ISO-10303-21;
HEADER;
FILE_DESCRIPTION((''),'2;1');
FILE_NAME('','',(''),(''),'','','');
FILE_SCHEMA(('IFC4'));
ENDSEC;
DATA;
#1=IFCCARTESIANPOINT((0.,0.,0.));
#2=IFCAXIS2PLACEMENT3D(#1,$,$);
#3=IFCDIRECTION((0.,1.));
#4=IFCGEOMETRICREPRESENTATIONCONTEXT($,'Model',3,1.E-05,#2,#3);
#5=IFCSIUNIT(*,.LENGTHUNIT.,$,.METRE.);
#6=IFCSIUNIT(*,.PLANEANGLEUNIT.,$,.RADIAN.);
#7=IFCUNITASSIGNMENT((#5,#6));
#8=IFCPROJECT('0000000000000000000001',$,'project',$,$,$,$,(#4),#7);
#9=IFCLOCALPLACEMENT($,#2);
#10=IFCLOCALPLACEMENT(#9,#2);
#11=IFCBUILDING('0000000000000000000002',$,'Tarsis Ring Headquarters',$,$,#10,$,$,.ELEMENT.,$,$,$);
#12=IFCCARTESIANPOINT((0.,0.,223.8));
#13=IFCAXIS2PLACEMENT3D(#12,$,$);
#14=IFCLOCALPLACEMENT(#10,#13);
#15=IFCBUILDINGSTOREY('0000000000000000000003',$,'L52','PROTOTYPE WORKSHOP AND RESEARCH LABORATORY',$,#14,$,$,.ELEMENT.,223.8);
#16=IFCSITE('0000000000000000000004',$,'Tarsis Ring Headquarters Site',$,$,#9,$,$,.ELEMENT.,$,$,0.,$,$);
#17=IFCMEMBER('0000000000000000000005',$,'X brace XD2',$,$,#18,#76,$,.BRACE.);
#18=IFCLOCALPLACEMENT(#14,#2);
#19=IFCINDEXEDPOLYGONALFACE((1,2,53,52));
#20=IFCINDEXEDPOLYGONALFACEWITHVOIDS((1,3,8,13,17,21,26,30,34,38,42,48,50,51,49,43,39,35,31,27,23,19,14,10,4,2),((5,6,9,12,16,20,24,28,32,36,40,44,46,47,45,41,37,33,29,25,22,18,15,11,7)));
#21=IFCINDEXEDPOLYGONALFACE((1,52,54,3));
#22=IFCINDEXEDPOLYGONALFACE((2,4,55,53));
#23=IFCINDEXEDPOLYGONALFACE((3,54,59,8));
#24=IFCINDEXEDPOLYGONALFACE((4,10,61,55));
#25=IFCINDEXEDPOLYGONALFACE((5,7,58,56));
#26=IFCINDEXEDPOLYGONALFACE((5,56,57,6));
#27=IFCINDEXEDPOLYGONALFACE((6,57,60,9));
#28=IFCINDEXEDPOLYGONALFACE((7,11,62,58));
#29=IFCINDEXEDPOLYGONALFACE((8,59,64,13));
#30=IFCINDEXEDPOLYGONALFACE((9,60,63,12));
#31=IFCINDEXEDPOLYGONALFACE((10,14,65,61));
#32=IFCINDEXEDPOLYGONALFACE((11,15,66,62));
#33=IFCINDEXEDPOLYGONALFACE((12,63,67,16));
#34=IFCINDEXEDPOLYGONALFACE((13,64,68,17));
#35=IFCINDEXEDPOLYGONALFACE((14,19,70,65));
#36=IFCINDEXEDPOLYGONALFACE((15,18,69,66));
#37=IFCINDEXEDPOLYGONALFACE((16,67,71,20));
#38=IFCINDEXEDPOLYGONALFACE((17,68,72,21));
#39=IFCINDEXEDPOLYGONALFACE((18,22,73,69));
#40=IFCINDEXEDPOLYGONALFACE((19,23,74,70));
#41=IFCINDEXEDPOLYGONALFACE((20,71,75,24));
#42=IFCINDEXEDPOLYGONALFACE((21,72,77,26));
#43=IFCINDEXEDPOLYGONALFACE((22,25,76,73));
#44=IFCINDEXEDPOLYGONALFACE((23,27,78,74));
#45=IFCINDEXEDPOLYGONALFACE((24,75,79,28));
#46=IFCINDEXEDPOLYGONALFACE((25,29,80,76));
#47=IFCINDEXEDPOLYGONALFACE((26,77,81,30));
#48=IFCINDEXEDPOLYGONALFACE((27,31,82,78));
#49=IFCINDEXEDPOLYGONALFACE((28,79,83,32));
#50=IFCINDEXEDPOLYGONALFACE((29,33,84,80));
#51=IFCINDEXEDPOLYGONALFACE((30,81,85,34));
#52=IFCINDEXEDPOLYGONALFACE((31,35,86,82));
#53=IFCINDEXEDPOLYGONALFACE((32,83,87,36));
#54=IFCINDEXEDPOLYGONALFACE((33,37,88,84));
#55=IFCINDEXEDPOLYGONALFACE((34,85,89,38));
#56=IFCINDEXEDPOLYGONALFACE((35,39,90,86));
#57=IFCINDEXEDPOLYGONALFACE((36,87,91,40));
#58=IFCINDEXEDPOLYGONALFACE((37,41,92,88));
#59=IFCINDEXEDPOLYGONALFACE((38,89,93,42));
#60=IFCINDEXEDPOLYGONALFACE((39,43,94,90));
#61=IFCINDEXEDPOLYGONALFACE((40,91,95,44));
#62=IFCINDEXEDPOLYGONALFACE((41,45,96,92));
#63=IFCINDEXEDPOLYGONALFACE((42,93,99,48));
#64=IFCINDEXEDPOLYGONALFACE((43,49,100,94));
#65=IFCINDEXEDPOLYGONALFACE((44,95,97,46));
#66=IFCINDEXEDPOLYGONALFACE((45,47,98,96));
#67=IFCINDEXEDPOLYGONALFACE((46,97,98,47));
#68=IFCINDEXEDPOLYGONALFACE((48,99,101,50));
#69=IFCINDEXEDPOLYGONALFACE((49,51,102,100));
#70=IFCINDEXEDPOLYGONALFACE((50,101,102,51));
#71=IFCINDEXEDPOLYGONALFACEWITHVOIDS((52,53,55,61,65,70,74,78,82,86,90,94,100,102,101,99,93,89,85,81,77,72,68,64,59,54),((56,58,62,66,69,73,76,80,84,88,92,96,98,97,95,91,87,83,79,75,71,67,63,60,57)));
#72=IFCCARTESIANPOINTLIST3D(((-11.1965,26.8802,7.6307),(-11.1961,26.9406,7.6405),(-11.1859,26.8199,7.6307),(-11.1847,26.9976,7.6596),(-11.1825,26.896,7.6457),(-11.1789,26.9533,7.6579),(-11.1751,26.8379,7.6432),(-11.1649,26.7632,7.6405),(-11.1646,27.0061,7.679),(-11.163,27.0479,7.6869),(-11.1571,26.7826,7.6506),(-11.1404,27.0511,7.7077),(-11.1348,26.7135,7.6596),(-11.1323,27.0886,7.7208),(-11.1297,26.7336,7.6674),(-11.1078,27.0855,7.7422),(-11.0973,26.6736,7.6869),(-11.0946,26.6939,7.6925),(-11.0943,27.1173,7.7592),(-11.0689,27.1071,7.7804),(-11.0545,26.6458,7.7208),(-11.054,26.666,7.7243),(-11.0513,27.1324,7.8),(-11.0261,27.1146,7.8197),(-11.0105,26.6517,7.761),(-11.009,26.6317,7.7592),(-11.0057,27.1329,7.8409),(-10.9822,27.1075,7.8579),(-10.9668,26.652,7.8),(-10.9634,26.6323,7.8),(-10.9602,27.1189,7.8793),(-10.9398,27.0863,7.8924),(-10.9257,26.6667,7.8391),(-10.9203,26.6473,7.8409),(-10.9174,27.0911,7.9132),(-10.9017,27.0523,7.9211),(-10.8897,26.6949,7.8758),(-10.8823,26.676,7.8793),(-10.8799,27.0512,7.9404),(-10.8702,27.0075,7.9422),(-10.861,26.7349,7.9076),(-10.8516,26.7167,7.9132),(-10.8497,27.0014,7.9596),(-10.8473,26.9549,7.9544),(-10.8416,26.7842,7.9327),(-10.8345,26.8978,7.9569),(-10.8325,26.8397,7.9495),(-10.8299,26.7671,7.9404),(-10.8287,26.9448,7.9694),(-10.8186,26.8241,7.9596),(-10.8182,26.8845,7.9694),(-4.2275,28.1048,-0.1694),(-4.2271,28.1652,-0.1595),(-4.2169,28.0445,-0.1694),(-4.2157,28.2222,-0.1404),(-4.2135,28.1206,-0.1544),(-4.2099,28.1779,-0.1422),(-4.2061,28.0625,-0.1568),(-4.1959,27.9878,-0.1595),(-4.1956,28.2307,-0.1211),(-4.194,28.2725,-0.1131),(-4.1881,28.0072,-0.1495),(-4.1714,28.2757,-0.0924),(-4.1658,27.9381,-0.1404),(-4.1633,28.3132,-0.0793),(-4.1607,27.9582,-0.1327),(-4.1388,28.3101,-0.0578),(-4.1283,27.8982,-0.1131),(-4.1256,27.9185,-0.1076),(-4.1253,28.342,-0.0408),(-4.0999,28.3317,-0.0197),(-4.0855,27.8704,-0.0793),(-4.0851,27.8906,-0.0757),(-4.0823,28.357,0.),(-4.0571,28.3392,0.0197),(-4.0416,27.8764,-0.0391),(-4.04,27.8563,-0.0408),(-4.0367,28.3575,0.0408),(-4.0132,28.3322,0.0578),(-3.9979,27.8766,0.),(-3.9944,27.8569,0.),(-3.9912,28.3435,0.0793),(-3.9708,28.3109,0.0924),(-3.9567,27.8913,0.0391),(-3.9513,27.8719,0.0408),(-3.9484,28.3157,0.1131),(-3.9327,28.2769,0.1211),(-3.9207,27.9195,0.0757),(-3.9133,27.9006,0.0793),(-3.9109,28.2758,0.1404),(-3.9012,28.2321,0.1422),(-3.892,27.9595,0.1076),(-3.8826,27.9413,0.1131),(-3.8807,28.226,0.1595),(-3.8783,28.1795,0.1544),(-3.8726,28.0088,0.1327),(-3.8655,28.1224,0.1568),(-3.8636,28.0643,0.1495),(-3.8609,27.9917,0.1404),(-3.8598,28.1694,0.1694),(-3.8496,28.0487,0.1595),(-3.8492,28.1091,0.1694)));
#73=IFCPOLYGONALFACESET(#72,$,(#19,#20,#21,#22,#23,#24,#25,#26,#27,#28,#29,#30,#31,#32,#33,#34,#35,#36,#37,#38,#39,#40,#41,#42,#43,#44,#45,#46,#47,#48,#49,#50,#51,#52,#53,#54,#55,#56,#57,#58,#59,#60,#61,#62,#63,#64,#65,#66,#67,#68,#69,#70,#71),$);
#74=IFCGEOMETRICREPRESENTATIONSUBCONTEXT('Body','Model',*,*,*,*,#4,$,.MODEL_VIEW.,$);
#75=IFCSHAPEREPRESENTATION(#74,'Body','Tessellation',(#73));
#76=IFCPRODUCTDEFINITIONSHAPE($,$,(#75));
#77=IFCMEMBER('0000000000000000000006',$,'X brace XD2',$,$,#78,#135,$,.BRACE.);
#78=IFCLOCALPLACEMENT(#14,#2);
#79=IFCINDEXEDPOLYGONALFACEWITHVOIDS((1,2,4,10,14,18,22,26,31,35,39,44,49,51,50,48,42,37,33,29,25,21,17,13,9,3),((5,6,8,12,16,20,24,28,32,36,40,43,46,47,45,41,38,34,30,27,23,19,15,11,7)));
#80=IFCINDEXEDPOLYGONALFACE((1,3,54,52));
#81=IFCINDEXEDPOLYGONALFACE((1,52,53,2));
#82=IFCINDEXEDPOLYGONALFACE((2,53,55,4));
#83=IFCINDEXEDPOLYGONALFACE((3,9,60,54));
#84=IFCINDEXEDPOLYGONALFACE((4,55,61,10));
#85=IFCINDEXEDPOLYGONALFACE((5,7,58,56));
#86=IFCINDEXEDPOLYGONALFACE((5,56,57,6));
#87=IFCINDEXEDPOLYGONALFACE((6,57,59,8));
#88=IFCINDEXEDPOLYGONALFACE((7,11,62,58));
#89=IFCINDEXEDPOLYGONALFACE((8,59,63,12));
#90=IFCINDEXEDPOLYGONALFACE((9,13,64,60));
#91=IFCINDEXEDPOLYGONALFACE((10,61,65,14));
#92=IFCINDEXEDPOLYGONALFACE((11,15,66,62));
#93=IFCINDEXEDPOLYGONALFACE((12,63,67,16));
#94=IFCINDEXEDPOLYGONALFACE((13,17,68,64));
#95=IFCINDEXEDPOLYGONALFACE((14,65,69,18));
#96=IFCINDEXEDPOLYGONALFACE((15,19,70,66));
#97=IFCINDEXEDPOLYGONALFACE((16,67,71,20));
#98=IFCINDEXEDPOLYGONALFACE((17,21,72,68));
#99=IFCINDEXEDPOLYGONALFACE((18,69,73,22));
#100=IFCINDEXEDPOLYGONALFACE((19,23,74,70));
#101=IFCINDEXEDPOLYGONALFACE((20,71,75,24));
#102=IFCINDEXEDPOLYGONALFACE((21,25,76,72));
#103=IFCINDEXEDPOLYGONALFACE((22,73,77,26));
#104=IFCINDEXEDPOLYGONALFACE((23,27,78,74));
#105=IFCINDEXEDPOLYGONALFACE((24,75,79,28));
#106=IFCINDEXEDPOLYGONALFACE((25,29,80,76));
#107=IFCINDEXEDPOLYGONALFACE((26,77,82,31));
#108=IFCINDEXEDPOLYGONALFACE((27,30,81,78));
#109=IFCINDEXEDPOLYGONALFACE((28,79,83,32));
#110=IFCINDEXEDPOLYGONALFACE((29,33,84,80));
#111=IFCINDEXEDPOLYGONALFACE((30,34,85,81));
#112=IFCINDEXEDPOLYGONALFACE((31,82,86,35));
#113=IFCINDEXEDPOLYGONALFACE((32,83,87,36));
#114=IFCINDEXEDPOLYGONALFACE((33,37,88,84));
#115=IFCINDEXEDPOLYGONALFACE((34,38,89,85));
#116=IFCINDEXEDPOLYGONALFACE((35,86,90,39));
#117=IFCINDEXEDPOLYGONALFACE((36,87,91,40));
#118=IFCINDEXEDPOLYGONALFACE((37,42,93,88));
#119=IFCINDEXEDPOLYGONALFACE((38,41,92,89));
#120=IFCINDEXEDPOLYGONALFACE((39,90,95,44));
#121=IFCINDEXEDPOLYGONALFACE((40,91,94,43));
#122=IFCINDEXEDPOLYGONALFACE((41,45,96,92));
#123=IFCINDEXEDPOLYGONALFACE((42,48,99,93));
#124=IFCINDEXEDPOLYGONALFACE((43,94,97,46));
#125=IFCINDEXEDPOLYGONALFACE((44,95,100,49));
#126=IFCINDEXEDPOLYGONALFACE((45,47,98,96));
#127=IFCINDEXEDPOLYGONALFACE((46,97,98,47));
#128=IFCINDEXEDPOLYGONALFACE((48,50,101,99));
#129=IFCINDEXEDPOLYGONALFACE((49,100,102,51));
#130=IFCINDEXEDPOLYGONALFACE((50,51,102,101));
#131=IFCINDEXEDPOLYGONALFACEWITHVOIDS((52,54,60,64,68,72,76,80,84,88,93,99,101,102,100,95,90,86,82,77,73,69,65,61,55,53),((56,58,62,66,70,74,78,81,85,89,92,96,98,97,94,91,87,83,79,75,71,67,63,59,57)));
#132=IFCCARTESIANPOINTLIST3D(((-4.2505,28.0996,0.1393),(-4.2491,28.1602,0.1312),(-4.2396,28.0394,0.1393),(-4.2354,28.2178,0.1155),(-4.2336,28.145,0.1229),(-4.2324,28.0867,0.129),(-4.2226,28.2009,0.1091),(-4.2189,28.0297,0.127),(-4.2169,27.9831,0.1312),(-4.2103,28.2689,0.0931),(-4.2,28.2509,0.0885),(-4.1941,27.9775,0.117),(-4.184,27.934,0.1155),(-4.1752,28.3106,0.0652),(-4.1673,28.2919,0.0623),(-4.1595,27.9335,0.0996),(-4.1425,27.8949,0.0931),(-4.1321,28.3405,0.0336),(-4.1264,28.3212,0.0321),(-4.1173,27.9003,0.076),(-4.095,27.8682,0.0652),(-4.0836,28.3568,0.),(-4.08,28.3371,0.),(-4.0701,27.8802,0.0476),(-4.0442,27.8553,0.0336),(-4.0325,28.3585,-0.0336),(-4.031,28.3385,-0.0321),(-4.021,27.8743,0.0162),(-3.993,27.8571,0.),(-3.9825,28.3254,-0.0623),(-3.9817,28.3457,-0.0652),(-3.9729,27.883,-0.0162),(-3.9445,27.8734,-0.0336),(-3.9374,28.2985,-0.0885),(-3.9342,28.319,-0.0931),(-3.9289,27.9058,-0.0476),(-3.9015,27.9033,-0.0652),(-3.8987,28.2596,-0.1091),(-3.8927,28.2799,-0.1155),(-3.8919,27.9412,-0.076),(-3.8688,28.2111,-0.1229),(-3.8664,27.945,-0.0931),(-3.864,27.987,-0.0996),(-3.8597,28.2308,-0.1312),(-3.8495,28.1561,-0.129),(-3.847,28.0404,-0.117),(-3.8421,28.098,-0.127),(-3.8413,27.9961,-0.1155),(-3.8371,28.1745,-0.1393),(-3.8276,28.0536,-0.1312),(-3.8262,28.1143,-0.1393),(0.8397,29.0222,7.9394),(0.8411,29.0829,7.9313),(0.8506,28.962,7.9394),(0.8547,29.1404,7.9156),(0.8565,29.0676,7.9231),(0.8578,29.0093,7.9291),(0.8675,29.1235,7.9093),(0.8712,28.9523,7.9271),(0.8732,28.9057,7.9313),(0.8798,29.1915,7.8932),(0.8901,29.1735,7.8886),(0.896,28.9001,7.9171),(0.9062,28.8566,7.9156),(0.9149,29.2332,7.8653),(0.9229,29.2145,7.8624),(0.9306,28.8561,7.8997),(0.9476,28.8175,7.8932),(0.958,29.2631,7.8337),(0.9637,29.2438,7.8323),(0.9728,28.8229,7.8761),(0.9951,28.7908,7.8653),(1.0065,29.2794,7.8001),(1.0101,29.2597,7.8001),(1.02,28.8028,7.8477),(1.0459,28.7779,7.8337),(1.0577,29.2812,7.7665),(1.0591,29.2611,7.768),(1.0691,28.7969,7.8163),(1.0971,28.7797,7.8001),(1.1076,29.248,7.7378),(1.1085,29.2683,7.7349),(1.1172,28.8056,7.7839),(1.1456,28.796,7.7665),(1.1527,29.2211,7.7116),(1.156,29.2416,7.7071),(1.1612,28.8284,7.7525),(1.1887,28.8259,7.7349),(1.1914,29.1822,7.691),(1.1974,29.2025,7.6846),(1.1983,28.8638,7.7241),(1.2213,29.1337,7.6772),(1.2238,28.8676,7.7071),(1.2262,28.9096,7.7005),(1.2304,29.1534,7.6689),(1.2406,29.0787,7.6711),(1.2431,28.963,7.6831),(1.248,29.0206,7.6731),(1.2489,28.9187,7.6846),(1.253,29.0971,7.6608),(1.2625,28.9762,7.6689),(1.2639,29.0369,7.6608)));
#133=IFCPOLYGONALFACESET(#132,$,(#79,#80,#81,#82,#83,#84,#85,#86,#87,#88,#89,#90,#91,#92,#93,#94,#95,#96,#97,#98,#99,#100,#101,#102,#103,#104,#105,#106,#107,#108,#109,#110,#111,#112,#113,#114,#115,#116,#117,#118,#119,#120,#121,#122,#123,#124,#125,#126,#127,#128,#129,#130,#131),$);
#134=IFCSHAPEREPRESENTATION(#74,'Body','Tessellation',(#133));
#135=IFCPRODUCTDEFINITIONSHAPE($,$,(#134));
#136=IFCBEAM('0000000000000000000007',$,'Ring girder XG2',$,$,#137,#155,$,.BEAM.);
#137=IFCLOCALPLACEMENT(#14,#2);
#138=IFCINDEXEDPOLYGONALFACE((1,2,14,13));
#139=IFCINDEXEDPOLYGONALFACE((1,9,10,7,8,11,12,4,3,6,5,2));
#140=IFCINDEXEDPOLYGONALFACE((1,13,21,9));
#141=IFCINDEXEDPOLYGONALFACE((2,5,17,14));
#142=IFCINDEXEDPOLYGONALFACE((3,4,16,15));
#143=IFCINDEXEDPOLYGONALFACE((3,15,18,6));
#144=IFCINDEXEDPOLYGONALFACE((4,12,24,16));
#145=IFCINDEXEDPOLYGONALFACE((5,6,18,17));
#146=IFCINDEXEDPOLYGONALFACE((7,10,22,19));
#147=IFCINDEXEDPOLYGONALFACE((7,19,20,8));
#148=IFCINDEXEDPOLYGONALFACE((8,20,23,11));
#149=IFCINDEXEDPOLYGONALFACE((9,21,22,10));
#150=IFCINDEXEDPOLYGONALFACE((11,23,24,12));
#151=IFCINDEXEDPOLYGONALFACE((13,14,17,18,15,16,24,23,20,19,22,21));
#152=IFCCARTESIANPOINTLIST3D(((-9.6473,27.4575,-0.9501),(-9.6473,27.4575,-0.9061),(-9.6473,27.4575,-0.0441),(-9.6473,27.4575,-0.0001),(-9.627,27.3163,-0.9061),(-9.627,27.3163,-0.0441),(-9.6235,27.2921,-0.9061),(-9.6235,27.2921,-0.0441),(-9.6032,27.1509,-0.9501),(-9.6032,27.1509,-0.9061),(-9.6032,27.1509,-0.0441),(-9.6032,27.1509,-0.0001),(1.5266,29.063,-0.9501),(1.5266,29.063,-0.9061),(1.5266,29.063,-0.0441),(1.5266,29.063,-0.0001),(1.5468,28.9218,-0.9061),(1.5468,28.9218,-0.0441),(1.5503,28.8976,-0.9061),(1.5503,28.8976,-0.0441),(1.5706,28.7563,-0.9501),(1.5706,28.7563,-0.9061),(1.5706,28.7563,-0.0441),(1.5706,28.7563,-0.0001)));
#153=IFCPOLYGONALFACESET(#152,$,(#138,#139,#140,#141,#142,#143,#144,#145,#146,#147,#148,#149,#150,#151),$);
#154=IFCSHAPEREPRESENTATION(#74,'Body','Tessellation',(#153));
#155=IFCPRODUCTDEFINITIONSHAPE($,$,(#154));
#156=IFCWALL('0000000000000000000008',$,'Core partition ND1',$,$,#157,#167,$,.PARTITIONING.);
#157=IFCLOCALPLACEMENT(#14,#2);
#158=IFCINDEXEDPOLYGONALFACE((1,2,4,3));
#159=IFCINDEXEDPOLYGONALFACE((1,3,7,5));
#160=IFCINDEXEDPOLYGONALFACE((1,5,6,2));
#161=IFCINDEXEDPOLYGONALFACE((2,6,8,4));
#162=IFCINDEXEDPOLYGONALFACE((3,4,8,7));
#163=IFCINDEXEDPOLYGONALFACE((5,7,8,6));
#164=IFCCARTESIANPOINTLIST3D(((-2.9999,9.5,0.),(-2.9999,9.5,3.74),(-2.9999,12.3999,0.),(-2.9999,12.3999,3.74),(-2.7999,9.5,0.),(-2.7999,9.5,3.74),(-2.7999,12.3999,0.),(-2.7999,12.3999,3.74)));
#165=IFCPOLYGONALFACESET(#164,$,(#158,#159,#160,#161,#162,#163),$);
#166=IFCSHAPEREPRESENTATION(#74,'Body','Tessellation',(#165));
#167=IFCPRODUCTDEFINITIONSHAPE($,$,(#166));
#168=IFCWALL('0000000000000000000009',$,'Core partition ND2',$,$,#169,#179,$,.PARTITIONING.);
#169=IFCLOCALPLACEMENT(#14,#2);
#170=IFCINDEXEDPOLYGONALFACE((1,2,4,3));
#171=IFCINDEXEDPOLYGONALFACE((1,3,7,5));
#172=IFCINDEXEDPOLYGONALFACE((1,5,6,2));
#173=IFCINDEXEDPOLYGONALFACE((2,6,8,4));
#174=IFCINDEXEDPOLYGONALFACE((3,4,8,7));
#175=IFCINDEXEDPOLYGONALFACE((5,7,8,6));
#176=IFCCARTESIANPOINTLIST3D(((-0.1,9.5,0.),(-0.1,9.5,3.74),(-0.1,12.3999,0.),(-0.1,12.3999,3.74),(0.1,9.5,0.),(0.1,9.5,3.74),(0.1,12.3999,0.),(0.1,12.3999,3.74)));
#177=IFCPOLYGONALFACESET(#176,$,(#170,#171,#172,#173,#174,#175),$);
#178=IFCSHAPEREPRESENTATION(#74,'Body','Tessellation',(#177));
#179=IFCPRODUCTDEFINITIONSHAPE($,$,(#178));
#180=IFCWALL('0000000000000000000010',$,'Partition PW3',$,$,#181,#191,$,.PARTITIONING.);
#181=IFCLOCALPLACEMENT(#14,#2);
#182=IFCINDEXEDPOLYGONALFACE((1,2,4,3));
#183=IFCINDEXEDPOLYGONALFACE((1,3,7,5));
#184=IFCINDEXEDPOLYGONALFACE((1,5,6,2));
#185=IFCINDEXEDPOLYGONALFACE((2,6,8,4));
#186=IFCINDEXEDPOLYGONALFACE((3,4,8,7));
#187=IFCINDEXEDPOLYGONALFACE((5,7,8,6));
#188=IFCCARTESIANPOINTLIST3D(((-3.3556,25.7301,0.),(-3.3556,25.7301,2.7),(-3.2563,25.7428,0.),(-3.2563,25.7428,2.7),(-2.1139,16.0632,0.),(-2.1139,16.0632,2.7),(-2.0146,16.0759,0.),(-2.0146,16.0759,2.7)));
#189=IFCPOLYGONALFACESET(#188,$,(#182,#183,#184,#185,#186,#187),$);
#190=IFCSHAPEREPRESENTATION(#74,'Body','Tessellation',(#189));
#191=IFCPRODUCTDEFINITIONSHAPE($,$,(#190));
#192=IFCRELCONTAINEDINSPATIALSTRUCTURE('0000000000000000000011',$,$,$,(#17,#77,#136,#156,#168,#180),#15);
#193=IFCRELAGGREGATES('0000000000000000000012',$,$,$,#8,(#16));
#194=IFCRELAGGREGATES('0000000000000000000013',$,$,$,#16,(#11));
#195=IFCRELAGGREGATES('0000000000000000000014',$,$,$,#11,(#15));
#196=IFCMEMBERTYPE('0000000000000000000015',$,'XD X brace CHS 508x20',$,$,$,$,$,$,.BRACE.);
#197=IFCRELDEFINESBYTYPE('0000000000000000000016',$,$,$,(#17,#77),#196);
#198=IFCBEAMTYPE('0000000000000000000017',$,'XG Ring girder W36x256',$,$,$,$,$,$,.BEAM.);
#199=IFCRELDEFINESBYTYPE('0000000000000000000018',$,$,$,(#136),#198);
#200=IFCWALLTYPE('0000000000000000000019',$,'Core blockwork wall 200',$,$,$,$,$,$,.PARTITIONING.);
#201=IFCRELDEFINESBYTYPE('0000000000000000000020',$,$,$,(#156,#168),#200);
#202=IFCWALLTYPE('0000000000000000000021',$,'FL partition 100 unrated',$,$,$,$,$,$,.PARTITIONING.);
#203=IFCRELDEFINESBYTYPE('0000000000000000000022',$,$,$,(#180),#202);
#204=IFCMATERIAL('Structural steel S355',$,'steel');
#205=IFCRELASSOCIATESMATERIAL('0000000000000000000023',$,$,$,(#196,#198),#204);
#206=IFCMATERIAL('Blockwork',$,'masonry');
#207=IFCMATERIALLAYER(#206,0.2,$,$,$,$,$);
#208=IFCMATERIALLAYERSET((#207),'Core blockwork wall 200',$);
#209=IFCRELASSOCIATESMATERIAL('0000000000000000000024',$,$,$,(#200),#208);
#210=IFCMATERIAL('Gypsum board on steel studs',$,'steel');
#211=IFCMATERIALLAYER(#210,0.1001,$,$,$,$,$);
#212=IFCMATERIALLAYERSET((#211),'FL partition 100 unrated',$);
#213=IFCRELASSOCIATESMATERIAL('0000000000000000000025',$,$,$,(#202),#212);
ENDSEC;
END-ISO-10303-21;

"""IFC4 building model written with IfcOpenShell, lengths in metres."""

from ifc_helpers import new_model, si_unit, direction, frame, frame_2d, origin, origin_2d, place, context, subcontext, project, spatial, rectangle, hollow_circle, i_section, extrude, material, layer, layer_set, material_profile, profile_set, type_object, element, save


model = new_model("IFC4")

# Units and contexts
model_context = context("Model", 3, precision=1e-05, world=origin(), true_north=direction((0.0, 1.0)))
body_context = subcontext(model_context, "Body", "Model", "MODEL_VIEW")
ifc_project = project(units=[si_unit("LENGTHUNIT", "METRE"), si_unit("PLANEANGLEUNIT", "RADIAN")], contexts=[model_context])

# Site, building, storey
site_placement = place(None, origin())
site = spatial("IfcSite", under=ifc_project, at=site_placement, Name="Tarsis Ring Headquarters Site", CompositionType="ELEMENT", RefElevation=0.0)
building_placement = place(site_placement, origin())
building = spatial("IfcBuilding", under=site, at=building_placement, Name="Tarsis Ring Headquarters", CompositionType="ELEMENT")
storey_placement = place(building_placement, frame((0.0, 0.0, 223.8)))
storey = spatial("IfcBuildingStorey", under=building, at=storey_placement, Name="L52", Description="PROTOTYPE WORKSHOP AND RESEARCH LABORATORY", CompositionType="ELEMENT", Elevation=223.8)

# Shared definitions
ifc_material_1 = material(Name="Structural steel S355", Category="steel")

# Members
ifc_material_profile_1 = material_profile(ifc_material_1, hollow_circle(Radius=0.2539, WallThickness=0.02, at=origin_2d()), Name="CHS 508x20")
ifc_profile_set_1 = profile_set([ifc_material_profile_1], Name="Structural steel S355")
member_type = type_object("IfcMemberType", Name="XD X brace CHS 508x20", PredefinedType="BRACE", material=ifc_profile_set_1)
member_1_placement = place(storey_placement, frame((-4.0383, 28.1069, 0.0), z_axis=(-0.661744, -0.116283, 0.740657), x_axis=(0.173071, -0.984909, 0.0)))
element("IfcMember", 1, at=member_1_placement, inside=storey, type_object=member_type, Name="X brace XD2", PredefinedType="BRACE", context=body_context, shape_type="SweptSolid", body=[
    extrude(hollow_circle(Radius=0.2539, WallThickness=0.02, at=origin_2d()), origin(), (0.0, 0.0, 1.0), 10.5312),
])
member_2_placement = place(storey_placement, frame((-4.0383, 28.1069, 0.0), z_axis=(0.54384, 0.098574, 0.83338), x_axis=(-0.17835, 0.983967, 0.0)))
element("IfcMember", 2, at=member_2_placement, inside=storey, type_object=member_type, Name="X brace XD2", PredefinedType="BRACE", context=body_context, shape_type="SweptSolid", body=[
    extrude(hollow_circle(Radius=0.2539, WallThickness=0.02, at=origin_2d()), origin(), (0.0, 0.0, 1.0), 9.3596),
])

# Beam
ifc_material_profile_2 = material_profile(ifc_material_1, i_section(OverallWidth=0.3098, OverallDepth=0.95, WebThickness=0.0244, FlangeThickness=0.0439, at=origin_2d()), Name="W36x256")
ifc_profile_set_2 = profile_set([ifc_material_profile_2], Name="Structural steel S355")
beam_type_1 = type_object("IfcBeamType", Name="XG Ring girder W36x256", PredefinedType="BEAM", material=ifc_profile_set_2)
beam_1_placement = place(storey_placement, frame((1.5486, 28.9097, -0.4751), z_axis=(-0.989835, -0.142221, 0.0), x_axis=(0.142221, -0.989835, 0.0)))
element("IfcBeam", 3, at=beam_1_placement, inside=storey, type_object=beam_type_1, Name="Ring girder XG2", PredefinedType="BEAM", context=body_context, shape_type="SweptSolid", body=[
    extrude(i_section(OverallWidth=0.3098, OverallDepth=0.95, WebThickness=0.0244, FlangeThickness=0.0439, at=origin_2d()), origin(), (0.0, 0.0, 1.0), 11.2886),
])

# Walls
ifc_material_2 = material(Name="Blockwork", Category="masonry")
ifc_layer_1 = layer(ifc_material_2, 0.2)
ifc_layer_set_1 = layer_set([ifc_layer_1], Name="Core blockwork wall 200")
wall_type_1 = type_object("IfcWallType", Name="Core blockwork wall 200", PredefinedType="PARTITIONING", material=ifc_layer_set_1)
for number, where, z_axis, x_axis, name in (
    (4, (-2.8999, 9.5, 0.0), (0.0, 0.0, 1.0), (0.0, 1.0, 0.0), "Core partition ND1"),
    (5, (0.0, 9.5, 0.0), (0.0, 0.0, 1.0), (0.0, 1.0, 0.0), "Core partition ND2"),
):
    element("IfcWall", number, at=place(storey_placement, frame(where, z_axis=z_axis, x_axis=x_axis)), inside=storey, type_object=wall_type_1, Name=name, PredefinedType="PARTITIONING", context=body_context, shape_type="SweptSolid", body=[
        extrude(rectangle(XDim=2.8999, YDim=0.2, at=frame_2d((1.45, 0.0))), origin(), (0.0, 0.0, 1.0), 3.74),
    ])
ifc_material_3 = material(Name="Gypsum board on steel studs", Category="steel")
ifc_layer_2 = layer(ifc_material_3, 0.1001)
ifc_layer_set_2 = layer_set([ifc_layer_2], Name="FL partition 100 unrated")
wall_type_2 = type_object("IfcWallType", Name="FL partition 100 unrated", PredefinedType="PARTITIONING", material=ifc_layer_set_2)
wall_1_placement = place(storey_placement, frame((-3.3059, 25.7363, 0.0), z_axis=(0.0, 0.0, 1.0), x_axis=(0.127401, -0.991851, 0.0)))
element("IfcWall", 6, at=wall_1_placement, inside=storey, type_object=wall_type_2, Name="Partition PW3", PredefinedType="PARTITIONING", context=body_context, shape_type="SweptSolid", body=[
    extrude(rectangle(XDim=9.7463, YDim=0.1001, at=frame_2d((4.873, 0.0))), origin(), (0.0, 0.0, 1.0), 2.7),
])

save(model, "model.ifc")
